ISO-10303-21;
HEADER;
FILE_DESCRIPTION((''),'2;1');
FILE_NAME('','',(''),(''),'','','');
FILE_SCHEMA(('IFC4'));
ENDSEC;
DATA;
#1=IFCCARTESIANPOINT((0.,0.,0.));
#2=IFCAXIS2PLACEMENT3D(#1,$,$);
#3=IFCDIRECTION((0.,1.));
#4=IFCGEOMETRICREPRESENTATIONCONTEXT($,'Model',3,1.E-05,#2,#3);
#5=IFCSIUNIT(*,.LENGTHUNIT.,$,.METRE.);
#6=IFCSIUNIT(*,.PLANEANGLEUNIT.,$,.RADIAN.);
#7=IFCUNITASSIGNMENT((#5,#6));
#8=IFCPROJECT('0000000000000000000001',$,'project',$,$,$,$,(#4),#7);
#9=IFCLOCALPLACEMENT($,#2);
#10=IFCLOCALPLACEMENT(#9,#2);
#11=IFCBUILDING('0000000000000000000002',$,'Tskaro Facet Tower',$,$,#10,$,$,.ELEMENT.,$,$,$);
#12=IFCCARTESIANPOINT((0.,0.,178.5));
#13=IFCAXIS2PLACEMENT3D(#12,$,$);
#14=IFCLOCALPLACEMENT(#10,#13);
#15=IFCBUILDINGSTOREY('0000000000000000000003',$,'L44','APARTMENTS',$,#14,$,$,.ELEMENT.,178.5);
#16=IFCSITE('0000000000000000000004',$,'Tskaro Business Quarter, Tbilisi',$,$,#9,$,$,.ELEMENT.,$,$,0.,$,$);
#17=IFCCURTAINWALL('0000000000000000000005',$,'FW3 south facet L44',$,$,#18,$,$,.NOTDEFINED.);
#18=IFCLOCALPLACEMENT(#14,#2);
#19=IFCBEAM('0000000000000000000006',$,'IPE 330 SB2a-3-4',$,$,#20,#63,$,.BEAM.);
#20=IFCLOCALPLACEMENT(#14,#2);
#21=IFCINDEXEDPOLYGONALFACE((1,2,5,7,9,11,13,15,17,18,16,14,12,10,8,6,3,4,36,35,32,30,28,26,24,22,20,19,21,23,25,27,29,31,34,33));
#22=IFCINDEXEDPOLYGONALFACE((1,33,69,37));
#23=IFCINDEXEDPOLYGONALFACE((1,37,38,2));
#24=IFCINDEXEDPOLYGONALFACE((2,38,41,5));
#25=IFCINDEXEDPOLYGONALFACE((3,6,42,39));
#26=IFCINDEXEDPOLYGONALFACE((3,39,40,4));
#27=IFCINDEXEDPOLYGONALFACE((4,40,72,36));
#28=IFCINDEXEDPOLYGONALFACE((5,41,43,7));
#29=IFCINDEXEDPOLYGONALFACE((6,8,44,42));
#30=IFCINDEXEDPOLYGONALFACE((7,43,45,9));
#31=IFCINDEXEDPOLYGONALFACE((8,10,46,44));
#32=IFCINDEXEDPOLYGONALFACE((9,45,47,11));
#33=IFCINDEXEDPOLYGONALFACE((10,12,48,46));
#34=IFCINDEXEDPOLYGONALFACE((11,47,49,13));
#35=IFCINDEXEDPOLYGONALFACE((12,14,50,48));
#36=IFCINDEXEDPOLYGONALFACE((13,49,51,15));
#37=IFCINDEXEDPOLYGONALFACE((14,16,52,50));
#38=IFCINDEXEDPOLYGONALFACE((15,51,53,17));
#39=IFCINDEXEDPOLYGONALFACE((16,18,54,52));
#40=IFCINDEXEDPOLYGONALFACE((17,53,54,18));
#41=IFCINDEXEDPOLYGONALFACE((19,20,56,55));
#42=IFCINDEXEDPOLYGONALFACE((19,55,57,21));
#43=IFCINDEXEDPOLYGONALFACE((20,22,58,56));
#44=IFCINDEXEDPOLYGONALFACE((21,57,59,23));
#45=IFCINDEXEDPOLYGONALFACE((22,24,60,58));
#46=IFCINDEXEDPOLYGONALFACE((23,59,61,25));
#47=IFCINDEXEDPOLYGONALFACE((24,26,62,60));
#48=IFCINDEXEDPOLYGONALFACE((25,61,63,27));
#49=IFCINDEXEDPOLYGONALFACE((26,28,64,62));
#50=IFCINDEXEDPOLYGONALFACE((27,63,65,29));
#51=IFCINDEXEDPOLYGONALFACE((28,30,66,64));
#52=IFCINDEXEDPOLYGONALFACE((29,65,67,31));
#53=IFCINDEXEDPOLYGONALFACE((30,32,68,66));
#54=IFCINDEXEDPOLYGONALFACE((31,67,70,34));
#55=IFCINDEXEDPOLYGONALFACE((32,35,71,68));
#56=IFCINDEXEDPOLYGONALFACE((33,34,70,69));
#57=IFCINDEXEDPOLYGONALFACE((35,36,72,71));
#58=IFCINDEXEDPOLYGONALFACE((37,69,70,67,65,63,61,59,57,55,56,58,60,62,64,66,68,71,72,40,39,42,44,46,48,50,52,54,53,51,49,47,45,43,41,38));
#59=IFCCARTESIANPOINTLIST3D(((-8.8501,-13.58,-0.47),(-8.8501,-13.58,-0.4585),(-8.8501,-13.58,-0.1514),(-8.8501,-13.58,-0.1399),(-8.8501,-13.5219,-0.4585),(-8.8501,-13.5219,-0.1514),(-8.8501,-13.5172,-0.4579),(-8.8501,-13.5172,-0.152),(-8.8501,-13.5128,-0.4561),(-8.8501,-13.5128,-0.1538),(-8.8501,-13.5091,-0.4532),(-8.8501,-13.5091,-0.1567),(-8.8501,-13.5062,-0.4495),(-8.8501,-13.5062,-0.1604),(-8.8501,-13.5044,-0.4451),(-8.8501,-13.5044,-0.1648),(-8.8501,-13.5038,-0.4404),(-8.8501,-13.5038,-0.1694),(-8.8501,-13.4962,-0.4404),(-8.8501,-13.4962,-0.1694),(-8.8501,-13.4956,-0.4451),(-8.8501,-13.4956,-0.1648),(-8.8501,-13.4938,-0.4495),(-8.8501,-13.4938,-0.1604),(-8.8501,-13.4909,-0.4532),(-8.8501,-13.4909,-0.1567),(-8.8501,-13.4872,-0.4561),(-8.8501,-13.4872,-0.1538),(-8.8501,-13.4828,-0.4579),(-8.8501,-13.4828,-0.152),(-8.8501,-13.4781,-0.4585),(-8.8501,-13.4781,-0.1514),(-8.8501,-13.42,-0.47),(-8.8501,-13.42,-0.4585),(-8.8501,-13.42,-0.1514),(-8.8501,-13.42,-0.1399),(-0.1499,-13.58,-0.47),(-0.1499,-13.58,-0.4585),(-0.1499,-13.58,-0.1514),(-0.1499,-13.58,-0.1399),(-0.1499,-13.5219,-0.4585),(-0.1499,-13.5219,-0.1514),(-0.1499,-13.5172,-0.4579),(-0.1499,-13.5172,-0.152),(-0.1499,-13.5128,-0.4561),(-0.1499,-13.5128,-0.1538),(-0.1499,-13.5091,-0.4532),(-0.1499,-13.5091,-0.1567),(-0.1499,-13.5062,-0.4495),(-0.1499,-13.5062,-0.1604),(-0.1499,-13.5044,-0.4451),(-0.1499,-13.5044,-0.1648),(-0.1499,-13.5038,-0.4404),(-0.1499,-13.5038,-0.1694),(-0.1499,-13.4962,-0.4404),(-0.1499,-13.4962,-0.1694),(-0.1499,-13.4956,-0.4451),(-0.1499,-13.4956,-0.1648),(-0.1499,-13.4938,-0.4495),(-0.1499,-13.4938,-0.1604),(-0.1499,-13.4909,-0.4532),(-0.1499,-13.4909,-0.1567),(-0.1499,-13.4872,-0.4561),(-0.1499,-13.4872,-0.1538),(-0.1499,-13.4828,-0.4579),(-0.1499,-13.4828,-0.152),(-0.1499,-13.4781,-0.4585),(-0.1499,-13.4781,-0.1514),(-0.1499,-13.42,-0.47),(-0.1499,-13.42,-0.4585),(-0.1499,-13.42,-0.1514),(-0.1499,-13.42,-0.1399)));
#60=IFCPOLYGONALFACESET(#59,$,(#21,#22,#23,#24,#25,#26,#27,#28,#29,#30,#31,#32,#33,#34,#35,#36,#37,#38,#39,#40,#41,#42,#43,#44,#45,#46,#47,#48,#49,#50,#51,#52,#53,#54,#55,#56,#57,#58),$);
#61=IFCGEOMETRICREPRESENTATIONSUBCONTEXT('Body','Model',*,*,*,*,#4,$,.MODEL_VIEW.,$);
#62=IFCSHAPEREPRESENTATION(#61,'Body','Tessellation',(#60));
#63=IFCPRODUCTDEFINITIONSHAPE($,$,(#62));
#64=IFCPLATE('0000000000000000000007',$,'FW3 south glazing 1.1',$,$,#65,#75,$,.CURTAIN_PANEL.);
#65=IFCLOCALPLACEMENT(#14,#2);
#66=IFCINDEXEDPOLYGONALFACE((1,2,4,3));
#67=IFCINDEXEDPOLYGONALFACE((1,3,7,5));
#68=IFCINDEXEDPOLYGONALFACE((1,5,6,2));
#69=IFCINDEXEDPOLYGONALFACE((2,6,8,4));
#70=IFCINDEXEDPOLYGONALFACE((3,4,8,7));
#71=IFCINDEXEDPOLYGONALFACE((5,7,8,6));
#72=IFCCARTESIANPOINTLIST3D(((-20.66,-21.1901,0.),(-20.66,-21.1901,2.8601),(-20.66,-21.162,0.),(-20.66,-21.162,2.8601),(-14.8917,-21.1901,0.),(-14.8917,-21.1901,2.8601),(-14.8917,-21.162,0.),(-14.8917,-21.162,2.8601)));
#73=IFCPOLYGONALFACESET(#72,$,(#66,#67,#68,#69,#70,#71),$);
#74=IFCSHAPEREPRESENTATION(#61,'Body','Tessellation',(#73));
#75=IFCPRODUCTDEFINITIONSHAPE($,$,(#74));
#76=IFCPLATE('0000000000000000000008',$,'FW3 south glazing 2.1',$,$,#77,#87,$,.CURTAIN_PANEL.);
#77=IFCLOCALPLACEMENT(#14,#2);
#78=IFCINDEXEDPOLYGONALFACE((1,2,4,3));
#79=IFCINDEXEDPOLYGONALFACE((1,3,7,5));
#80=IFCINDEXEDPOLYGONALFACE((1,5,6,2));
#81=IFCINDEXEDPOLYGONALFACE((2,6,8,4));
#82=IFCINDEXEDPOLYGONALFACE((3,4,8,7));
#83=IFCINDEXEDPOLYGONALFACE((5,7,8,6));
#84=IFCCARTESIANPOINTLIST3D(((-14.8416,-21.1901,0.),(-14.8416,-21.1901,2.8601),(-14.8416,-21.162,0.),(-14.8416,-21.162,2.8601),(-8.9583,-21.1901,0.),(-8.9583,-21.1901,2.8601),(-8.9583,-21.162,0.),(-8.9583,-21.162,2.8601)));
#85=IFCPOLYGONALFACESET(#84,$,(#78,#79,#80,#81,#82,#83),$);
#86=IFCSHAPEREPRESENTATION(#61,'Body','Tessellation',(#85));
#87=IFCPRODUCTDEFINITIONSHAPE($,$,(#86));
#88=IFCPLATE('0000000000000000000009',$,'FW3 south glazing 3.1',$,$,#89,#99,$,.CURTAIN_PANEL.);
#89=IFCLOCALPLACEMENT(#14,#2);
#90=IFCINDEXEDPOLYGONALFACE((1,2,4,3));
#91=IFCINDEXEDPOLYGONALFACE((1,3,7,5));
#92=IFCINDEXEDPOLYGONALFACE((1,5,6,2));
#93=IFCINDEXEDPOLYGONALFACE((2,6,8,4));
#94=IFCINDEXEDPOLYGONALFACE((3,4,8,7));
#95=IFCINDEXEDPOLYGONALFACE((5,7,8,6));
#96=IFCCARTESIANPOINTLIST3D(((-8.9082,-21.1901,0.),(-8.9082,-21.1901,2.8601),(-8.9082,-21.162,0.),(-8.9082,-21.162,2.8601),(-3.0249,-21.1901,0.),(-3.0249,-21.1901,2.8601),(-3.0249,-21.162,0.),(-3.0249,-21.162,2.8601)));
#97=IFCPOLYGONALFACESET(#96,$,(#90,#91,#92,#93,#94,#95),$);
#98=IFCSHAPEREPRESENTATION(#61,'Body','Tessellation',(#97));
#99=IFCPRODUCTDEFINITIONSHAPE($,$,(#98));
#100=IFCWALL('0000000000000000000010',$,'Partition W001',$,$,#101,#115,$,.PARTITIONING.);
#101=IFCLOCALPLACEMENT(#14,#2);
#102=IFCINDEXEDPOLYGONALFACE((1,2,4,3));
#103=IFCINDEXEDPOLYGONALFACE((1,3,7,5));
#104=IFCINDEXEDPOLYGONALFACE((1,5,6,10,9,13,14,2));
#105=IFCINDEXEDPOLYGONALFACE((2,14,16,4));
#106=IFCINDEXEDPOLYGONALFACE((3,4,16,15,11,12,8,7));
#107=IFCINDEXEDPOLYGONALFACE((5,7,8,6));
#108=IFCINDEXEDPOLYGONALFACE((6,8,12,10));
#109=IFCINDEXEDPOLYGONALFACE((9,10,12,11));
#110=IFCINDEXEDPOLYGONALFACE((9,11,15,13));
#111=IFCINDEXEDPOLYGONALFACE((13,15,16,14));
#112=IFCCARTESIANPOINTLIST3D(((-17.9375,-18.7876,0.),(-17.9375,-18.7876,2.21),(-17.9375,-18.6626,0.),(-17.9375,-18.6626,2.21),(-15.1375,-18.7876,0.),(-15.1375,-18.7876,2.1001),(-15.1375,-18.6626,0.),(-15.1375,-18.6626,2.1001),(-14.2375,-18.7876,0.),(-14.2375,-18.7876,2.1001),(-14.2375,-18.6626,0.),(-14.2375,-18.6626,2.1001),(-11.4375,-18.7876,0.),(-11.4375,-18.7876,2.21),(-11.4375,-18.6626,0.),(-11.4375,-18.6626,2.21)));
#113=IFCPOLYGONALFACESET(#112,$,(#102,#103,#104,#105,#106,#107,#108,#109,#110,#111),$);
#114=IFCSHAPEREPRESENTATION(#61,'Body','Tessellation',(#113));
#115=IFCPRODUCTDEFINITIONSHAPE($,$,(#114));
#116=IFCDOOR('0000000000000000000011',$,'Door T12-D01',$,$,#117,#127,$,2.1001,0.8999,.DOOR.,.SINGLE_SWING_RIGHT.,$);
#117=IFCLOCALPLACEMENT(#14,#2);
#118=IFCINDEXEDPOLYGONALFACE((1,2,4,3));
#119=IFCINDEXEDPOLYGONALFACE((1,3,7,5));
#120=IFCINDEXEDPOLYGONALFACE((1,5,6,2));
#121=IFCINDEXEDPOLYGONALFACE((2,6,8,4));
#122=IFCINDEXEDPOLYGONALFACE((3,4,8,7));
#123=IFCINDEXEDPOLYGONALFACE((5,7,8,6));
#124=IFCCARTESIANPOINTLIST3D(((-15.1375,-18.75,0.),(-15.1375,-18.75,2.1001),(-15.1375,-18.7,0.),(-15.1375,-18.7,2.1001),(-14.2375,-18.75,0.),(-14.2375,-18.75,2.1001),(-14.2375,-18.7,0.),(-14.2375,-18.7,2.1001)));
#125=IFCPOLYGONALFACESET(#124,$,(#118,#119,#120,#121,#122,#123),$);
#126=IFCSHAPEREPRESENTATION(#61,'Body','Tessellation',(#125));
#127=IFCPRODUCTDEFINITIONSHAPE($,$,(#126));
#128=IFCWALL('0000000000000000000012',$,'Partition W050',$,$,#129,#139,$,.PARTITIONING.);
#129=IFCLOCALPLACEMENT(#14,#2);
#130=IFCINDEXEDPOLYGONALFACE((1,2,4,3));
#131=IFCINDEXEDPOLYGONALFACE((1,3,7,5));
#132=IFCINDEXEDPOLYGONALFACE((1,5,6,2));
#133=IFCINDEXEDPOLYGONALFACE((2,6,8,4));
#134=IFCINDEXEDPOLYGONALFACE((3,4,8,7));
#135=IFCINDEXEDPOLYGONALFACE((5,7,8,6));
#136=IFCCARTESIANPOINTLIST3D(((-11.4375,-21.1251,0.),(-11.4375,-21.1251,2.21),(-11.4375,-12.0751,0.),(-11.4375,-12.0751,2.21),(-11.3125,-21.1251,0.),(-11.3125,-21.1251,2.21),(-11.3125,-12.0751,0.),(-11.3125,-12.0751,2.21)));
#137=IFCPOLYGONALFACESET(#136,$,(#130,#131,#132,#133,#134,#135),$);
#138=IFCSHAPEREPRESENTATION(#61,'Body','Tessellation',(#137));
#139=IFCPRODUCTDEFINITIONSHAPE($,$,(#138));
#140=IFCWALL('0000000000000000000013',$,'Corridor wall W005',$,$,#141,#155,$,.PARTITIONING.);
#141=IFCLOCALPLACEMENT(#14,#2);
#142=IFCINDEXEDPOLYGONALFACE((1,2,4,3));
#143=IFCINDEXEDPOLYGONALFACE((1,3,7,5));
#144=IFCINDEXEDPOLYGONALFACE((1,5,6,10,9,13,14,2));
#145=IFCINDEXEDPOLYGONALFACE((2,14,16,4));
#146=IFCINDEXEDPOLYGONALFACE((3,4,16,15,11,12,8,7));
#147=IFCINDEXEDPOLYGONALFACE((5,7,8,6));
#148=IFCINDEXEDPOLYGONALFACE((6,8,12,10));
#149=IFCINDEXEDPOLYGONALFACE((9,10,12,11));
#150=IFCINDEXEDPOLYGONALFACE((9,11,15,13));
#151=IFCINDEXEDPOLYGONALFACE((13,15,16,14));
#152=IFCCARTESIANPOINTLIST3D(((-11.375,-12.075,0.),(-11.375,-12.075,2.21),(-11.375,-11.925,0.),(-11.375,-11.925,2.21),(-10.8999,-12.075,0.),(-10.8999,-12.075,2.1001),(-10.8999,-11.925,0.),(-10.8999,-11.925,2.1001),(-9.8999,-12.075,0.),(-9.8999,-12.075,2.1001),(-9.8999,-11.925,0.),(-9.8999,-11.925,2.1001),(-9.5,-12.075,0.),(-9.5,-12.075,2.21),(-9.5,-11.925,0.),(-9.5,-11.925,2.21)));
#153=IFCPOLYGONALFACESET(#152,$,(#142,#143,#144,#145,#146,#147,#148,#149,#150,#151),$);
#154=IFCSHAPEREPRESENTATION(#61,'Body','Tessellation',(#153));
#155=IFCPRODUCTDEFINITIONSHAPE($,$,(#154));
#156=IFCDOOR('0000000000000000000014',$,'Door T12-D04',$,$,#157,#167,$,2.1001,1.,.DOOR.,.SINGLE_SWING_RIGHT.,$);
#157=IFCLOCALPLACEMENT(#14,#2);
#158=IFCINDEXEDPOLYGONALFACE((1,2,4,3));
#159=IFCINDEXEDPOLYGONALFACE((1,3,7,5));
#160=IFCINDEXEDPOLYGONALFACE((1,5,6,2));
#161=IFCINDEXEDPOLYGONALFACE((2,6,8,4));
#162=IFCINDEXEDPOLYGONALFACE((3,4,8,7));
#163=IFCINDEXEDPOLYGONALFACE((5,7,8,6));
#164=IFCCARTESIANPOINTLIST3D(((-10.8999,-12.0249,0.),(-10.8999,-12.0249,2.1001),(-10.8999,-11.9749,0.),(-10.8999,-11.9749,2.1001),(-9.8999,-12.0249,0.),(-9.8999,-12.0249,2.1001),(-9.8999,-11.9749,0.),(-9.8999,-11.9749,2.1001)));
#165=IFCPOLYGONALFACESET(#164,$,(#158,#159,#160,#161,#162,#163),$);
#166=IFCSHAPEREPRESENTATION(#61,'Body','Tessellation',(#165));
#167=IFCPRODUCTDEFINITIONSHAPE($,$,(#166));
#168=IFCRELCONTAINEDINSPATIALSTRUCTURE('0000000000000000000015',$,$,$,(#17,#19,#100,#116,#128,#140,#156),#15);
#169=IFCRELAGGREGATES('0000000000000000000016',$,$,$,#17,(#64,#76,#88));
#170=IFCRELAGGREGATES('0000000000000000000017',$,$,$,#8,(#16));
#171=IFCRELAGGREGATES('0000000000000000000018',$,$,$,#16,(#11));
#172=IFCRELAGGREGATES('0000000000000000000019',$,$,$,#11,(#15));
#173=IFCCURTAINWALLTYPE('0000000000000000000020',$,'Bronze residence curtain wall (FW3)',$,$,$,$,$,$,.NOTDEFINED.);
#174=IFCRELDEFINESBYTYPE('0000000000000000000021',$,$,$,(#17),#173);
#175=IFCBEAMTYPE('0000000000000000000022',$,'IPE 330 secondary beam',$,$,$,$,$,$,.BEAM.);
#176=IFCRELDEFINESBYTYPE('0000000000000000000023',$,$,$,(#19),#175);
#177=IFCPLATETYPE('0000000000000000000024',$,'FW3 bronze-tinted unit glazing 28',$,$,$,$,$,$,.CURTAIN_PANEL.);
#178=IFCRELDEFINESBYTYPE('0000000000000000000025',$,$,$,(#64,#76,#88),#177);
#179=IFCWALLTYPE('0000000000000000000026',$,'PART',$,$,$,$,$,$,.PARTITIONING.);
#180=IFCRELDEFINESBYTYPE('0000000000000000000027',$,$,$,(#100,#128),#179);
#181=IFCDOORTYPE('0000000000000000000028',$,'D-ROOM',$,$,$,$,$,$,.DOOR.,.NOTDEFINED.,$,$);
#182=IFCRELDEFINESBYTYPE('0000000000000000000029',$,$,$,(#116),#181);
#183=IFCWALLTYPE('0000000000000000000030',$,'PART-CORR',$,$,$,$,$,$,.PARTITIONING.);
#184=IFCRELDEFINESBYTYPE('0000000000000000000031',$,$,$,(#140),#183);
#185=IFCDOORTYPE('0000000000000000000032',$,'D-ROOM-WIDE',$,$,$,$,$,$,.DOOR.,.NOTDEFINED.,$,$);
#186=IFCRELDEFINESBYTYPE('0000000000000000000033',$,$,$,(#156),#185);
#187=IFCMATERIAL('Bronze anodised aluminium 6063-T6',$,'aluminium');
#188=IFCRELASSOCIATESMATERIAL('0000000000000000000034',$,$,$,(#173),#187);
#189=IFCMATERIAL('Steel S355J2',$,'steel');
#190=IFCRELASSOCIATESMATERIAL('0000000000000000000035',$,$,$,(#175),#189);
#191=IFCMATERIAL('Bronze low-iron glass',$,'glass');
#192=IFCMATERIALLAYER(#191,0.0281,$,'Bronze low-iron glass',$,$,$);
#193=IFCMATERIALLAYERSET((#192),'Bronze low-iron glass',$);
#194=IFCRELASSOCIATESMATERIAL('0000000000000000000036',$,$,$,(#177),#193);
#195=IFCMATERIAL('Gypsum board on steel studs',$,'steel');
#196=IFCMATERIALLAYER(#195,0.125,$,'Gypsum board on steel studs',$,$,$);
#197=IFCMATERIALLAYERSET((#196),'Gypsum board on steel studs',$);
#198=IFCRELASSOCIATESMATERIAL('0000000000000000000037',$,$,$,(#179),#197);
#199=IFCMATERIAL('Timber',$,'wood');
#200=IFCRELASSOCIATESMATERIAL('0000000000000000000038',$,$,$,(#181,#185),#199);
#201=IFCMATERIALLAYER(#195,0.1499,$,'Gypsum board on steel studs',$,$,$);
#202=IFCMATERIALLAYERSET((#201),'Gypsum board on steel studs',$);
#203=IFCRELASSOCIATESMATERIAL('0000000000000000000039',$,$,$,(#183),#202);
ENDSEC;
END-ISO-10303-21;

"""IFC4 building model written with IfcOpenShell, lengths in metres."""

from ifc_helpers import new_model, si_unit, direction, frame, frame_2d, origin, origin_2d, place, context, subcontext, project, spatial, rectangle, i_section, extrude, material, layer, layer_set, material_profile, profile_set, type_object, element, fill, aggregate, save


model = new_model("IFC4")

# Units and contexts
model_context = context("Model", 3, precision=1e-05, world=origin(), true_north=direction((0.0, 1.0)))
body_context = subcontext(model_context, "Body", "Model", "MODEL_VIEW")
ifc_project = project(units=[si_unit("LENGTHUNIT", "METRE"), si_unit("PLANEANGLEUNIT", "RADIAN")], contexts=[model_context])

# Site, building, storey
site_placement = place(None, origin())
site = spatial("IfcSite", under=ifc_project, at=site_placement, Name="Tskaro Business Quarter, Tbilisi", CompositionType="ELEMENT", RefElevation=0.0)
building_placement = place(site_placement, origin())
building = spatial("IfcBuilding", under=site, at=building_placement, Name="Tskaro Facet Tower", CompositionType="ELEMENT")
storey_placement = place(building_placement, frame((0.0, 0.0, 178.5)))
storey = spatial("IfcBuildingStorey", under=building, at=storey_placement, Name="L44", Description="APARTMENTS", CompositionType="ELEMENT", Elevation=178.5)

# Curtain wall
ifc_material_1 = material(Name="Bronze anodised aluminium 6063-T6", Category="aluminium")
curtain_wall_type = type_object("IfcCurtainWallType", Name="Bronze residence curtain wall (FW3)", PredefinedType="NOTDEFINED", material=ifc_material_1)
curtain_wall_placement = place(storey_placement, origin())
curtain_wall = element("IfcCurtainWall", 1, at=curtain_wall_placement, inside=storey, type_object=curtain_wall_type, Name="FW3 south facet L44", PredefinedType="NOTDEFINED")

# Beam
ifc_material_2 = material(Name="Steel S355J2", Category="steel")
ifc_material_profile_1 = material_profile(ifc_material_2, i_section(OverallWidth=0.1599, OverallDepth=0.3301, WebThickness=0.0076, FlangeThickness=0.0115, FilletRadius=0.0181, at=origin_2d()), Name="IPE 330")
ifc_profile_set_1 = profile_set([ifc_material_profile_1], Name="Steel S355J2")
beam_type_1 = type_object("IfcBeamType", Name="IPE 330 secondary beam", PredefinedType="BEAM", material=ifc_profile_set_1)
for number, where, z_axis, x_axis, name in (
    (2, (-8.8501, -13.5, -0.3049), (1.0, 0.0, 0.0), (0.0, 1.0, 0.0), "IPE 330 SB2a-3-4"),
):
    element("IfcBeam", number, at=place(storey_placement, frame(where, z_axis=z_axis, x_axis=x_axis)), inside=storey, type_object=beam_type_1, Name=name, PredefinedType="BEAM", context=body_context, shape_type="SweptSolid", body=[
        extrude(i_section(OverallWidth=0.1599, OverallDepth=0.3301, WebThickness=0.0076, FlangeThickness=0.0115, FilletRadius=0.0181, at=origin_2d()), origin(), (0.0, 0.0, 1.0), 8.7002),
    ])

# Plates
ifc_material_3 = material(Name="Bronze low-iron glass", Category="glass")
ifc_layer_1 = layer(ifc_material_3, 0.0281, Name="Bronze low-iron glass")
ifc_layer_set_1 = layer_set([ifc_layer_1], Name="Bronze low-iron glass")
plate_type = type_object("IfcPlateType", Name="FW3 bronze-tinted unit glazing 28", PredefinedType="CURTAIN_PANEL", material=ifc_layer_set_1)
plate_1_placement = place(storey_placement, frame((-17.7759, -21.176, 0.0), z_axis=(0.0, 0.0, 1.0), x_axis=(1.0, 0.0, 0.0)))
plate_1 = element("IfcPlate", 3, at=plate_1_placement, type_object=plate_type, Name="FW3 south glazing 1.1", PredefinedType="CURTAIN_PANEL", context=body_context, shape_type="SweptSolid", body=[
    extrude(rectangle(XDim=5.7683, YDim=0.0281, at=origin_2d()), origin(), (0.0, 0.0, 1.0), 2.8601),
])
plate_2_placement = place(storey_placement, frame((-11.8999, -21.176, 0.0), z_axis=(0.0, 0.0, 1.0), x_axis=(1.0, 0.0, 0.0)))
plate_2 = element("IfcPlate", 4, at=plate_2_placement, type_object=plate_type, Name="FW3 south glazing 2.1", PredefinedType="CURTAIN_PANEL", context=body_context, shape_type="SweptSolid", body=[
    extrude(rectangle(XDim=5.8833, YDim=0.0281, at=origin_2d()), origin(), (0.0, 0.0, 1.0), 2.8601),
])
plate_3_placement = place(storey_placement, frame((-5.9666, -21.176, 0.0), z_axis=(0.0, 0.0, 1.0), x_axis=(1.0, 0.0, 0.0)))
plate_3 = element("IfcPlate", 5, at=plate_3_placement, type_object=plate_type, Name="FW3 south glazing 3.1", PredefinedType="CURTAIN_PANEL", context=body_context, shape_type="SweptSolid", body=[
    extrude(rectangle(XDim=5.8833, YDim=0.0281, at=origin_2d()), origin(), (0.0, 0.0, 1.0), 2.8601),
])
aggregate(curtain_wall, [plate_1, plate_2, plate_3])

# Wall, opening, door
ifc_material_4 = material(Name="Gypsum board on steel studs", Category="steel")
ifc_layer_2 = layer(ifc_material_4, 0.125, Name="Gypsum board on steel studs")
ifc_layer_set_2 = layer_set([ifc_layer_2], Name="Gypsum board on steel studs")
wall_type_1 = type_object("IfcWallType", Name="PART", PredefinedType="PARTITIONING", material=ifc_layer_set_2)
wall_1_placement = place(storey_placement, frame((-11.4375, -18.7251, 0.0), z_axis=(0.0, 0.0, 1.0), x_axis=(-1.0, 0.0, 0.0)))
wall_1 = element("IfcWall", 6, at=wall_1_placement, inside=storey, type_object=wall_type_1, Name="Partition W001", PredefinedType="PARTITIONING", context=body_context, shape_type="SweptSolid", body=[
    extrude(rectangle(XDim=6.5, YDim=0.125, at=frame_2d((3.25, 0.0))), origin(), (0.0, 0.0, 1.0), 2.21),
])
opening_1_placement = place(wall_1_placement, frame((2.8, 0.0, 0.0)))
opening_1 = element("IfcOpeningElement", 7, at=opening_1_placement, cuts=wall_1, PredefinedType="OPENING", context=body_context, shape_type="SweptSolid", body=[
    extrude(rectangle(XDim=0.8999, YDim=2.1001, at=frame_2d((0.45, 1.05))), frame((0.0, 0.0725, 0.0), z_axis=(0.0, -1.0, 0.0), x_axis=(1.0, 0.0, 0.0)), (0.0, 0.0, 1.0), 0.145),
])
ifc_material_5 = material(Name="Timber", Category="wood")
door_type_1 = type_object("IfcDoorType", Name="D-ROOM", OperationType="NOTDEFINED", PredefinedType="DOOR", material=ifc_material_5)
door_1_placement = place(opening_1_placement, origin())
door_1 = element("IfcDoor", 8, at=door_1_placement, inside=storey, type_object=door_type_1, Name="Door T12-D01", OperationType="SINGLE_SWING_RIGHT", OverallHeight=2.1001, OverallWidth=0.8999, PredefinedType="DOOR", context=body_context, shape_type="SweptSolid", body=[
    extrude(rectangle(XDim=0.8999, YDim=2.1001, at=frame_2d((0.45, 1.05))), frame((0.0, 0.0249, 0.0), z_axis=(0.0, -1.0, 0.0), x_axis=(1.0, 0.0, 0.0)), (0.0, 0.0, 1.0), 0.05),
])
fill(opening_1, door_1)

# Wall
wall_2_placement = place(storey_placement, frame((-11.375, -21.125, 0.0), z_axis=(0.0, 0.0, 1.0), x_axis=(0.0, 1.0, 0.0)))
element("IfcWall", 9, at=wall_2_placement, inside=storey, type_object=wall_type_1, Name="Partition W050", PredefinedType="PARTITIONING", context=body_context, shape_type="SweptSolid", body=[
    extrude(rectangle(XDim=9.05, YDim=0.125, at=frame_2d((4.5249, 0.0))), origin(), (0.0, 0.0, 1.0), 2.21),
])

# Wall, opening, door
ifc_layer_3 = layer(ifc_material_4, 0.1499, Name="Gypsum board on steel studs")
ifc_layer_set_3 = layer_set([ifc_layer_3], Name="Gypsum board on steel studs")
wall_type_2 = type_object("IfcWallType", Name="PART-CORR", PredefinedType="PARTITIONING", material=ifc_layer_set_3)
wall_3_placement = place(storey_placement, frame((-9.5, -12.0, 0.0), z_axis=(0.0, 0.0, 1.0), x_axis=(-1.0, 0.0, 0.0)))
wall_3 = element("IfcWall", 10, at=wall_3_placement, inside=storey, type_object=wall_type_2, Name="Corridor wall W005", PredefinedType="PARTITIONING", context=body_context, shape_type="SweptSolid", body=[
    extrude(rectangle(XDim=1.875, YDim=0.1499, at=frame_2d((0.9375, 0.0))), origin(), (0.0, 0.0, 1.0), 2.21),
])
opening_2_placement = place(wall_3_placement, frame((0.3999, 0.0, 0.0)))
opening_2 = element("IfcOpeningElement", 11, at=opening_2_placement, cuts=wall_3, PredefinedType="OPENING", context=body_context, shape_type="SweptSolid", body=[
    extrude(rectangle(XDim=1.0, YDim=2.1001, at=frame_2d((0.5, 1.05))), frame((0.0, 0.085, 0.0), z_axis=(0.0, -1.0, 0.0), x_axis=(1.0, 0.0, 0.0)), (0.0, 0.0, 1.0), 0.1699),
])
door_type_2 = type_object("IfcDoorType", Name="D-ROOM-WIDE", OperationType="NOTDEFINED", PredefinedType="DOOR", material=ifc_material_5)
door_2_placement = place(opening_2_placement, origin())
door_2 = element("IfcDoor", 12, at=door_2_placement, inside=storey, type_object=door_type_2, Name="Door T12-D04", OperationType="SINGLE_SWING_RIGHT", OverallHeight=2.1001, OverallWidth=1.0, PredefinedType="DOOR", context=body_context, shape_type="SweptSolid", body=[
    extrude(rectangle(XDim=1.0, YDim=2.1001, at=frame_2d((0.5, 1.05))), frame((0.0, 0.0249, 0.0), z_axis=(0.0, -1.0, 0.0), x_axis=(1.0, 0.0, 0.0)), (0.0, 0.0, 1.0), 0.05),
])
fill(opening_2, door_2)

save(model, "model.ifc")
